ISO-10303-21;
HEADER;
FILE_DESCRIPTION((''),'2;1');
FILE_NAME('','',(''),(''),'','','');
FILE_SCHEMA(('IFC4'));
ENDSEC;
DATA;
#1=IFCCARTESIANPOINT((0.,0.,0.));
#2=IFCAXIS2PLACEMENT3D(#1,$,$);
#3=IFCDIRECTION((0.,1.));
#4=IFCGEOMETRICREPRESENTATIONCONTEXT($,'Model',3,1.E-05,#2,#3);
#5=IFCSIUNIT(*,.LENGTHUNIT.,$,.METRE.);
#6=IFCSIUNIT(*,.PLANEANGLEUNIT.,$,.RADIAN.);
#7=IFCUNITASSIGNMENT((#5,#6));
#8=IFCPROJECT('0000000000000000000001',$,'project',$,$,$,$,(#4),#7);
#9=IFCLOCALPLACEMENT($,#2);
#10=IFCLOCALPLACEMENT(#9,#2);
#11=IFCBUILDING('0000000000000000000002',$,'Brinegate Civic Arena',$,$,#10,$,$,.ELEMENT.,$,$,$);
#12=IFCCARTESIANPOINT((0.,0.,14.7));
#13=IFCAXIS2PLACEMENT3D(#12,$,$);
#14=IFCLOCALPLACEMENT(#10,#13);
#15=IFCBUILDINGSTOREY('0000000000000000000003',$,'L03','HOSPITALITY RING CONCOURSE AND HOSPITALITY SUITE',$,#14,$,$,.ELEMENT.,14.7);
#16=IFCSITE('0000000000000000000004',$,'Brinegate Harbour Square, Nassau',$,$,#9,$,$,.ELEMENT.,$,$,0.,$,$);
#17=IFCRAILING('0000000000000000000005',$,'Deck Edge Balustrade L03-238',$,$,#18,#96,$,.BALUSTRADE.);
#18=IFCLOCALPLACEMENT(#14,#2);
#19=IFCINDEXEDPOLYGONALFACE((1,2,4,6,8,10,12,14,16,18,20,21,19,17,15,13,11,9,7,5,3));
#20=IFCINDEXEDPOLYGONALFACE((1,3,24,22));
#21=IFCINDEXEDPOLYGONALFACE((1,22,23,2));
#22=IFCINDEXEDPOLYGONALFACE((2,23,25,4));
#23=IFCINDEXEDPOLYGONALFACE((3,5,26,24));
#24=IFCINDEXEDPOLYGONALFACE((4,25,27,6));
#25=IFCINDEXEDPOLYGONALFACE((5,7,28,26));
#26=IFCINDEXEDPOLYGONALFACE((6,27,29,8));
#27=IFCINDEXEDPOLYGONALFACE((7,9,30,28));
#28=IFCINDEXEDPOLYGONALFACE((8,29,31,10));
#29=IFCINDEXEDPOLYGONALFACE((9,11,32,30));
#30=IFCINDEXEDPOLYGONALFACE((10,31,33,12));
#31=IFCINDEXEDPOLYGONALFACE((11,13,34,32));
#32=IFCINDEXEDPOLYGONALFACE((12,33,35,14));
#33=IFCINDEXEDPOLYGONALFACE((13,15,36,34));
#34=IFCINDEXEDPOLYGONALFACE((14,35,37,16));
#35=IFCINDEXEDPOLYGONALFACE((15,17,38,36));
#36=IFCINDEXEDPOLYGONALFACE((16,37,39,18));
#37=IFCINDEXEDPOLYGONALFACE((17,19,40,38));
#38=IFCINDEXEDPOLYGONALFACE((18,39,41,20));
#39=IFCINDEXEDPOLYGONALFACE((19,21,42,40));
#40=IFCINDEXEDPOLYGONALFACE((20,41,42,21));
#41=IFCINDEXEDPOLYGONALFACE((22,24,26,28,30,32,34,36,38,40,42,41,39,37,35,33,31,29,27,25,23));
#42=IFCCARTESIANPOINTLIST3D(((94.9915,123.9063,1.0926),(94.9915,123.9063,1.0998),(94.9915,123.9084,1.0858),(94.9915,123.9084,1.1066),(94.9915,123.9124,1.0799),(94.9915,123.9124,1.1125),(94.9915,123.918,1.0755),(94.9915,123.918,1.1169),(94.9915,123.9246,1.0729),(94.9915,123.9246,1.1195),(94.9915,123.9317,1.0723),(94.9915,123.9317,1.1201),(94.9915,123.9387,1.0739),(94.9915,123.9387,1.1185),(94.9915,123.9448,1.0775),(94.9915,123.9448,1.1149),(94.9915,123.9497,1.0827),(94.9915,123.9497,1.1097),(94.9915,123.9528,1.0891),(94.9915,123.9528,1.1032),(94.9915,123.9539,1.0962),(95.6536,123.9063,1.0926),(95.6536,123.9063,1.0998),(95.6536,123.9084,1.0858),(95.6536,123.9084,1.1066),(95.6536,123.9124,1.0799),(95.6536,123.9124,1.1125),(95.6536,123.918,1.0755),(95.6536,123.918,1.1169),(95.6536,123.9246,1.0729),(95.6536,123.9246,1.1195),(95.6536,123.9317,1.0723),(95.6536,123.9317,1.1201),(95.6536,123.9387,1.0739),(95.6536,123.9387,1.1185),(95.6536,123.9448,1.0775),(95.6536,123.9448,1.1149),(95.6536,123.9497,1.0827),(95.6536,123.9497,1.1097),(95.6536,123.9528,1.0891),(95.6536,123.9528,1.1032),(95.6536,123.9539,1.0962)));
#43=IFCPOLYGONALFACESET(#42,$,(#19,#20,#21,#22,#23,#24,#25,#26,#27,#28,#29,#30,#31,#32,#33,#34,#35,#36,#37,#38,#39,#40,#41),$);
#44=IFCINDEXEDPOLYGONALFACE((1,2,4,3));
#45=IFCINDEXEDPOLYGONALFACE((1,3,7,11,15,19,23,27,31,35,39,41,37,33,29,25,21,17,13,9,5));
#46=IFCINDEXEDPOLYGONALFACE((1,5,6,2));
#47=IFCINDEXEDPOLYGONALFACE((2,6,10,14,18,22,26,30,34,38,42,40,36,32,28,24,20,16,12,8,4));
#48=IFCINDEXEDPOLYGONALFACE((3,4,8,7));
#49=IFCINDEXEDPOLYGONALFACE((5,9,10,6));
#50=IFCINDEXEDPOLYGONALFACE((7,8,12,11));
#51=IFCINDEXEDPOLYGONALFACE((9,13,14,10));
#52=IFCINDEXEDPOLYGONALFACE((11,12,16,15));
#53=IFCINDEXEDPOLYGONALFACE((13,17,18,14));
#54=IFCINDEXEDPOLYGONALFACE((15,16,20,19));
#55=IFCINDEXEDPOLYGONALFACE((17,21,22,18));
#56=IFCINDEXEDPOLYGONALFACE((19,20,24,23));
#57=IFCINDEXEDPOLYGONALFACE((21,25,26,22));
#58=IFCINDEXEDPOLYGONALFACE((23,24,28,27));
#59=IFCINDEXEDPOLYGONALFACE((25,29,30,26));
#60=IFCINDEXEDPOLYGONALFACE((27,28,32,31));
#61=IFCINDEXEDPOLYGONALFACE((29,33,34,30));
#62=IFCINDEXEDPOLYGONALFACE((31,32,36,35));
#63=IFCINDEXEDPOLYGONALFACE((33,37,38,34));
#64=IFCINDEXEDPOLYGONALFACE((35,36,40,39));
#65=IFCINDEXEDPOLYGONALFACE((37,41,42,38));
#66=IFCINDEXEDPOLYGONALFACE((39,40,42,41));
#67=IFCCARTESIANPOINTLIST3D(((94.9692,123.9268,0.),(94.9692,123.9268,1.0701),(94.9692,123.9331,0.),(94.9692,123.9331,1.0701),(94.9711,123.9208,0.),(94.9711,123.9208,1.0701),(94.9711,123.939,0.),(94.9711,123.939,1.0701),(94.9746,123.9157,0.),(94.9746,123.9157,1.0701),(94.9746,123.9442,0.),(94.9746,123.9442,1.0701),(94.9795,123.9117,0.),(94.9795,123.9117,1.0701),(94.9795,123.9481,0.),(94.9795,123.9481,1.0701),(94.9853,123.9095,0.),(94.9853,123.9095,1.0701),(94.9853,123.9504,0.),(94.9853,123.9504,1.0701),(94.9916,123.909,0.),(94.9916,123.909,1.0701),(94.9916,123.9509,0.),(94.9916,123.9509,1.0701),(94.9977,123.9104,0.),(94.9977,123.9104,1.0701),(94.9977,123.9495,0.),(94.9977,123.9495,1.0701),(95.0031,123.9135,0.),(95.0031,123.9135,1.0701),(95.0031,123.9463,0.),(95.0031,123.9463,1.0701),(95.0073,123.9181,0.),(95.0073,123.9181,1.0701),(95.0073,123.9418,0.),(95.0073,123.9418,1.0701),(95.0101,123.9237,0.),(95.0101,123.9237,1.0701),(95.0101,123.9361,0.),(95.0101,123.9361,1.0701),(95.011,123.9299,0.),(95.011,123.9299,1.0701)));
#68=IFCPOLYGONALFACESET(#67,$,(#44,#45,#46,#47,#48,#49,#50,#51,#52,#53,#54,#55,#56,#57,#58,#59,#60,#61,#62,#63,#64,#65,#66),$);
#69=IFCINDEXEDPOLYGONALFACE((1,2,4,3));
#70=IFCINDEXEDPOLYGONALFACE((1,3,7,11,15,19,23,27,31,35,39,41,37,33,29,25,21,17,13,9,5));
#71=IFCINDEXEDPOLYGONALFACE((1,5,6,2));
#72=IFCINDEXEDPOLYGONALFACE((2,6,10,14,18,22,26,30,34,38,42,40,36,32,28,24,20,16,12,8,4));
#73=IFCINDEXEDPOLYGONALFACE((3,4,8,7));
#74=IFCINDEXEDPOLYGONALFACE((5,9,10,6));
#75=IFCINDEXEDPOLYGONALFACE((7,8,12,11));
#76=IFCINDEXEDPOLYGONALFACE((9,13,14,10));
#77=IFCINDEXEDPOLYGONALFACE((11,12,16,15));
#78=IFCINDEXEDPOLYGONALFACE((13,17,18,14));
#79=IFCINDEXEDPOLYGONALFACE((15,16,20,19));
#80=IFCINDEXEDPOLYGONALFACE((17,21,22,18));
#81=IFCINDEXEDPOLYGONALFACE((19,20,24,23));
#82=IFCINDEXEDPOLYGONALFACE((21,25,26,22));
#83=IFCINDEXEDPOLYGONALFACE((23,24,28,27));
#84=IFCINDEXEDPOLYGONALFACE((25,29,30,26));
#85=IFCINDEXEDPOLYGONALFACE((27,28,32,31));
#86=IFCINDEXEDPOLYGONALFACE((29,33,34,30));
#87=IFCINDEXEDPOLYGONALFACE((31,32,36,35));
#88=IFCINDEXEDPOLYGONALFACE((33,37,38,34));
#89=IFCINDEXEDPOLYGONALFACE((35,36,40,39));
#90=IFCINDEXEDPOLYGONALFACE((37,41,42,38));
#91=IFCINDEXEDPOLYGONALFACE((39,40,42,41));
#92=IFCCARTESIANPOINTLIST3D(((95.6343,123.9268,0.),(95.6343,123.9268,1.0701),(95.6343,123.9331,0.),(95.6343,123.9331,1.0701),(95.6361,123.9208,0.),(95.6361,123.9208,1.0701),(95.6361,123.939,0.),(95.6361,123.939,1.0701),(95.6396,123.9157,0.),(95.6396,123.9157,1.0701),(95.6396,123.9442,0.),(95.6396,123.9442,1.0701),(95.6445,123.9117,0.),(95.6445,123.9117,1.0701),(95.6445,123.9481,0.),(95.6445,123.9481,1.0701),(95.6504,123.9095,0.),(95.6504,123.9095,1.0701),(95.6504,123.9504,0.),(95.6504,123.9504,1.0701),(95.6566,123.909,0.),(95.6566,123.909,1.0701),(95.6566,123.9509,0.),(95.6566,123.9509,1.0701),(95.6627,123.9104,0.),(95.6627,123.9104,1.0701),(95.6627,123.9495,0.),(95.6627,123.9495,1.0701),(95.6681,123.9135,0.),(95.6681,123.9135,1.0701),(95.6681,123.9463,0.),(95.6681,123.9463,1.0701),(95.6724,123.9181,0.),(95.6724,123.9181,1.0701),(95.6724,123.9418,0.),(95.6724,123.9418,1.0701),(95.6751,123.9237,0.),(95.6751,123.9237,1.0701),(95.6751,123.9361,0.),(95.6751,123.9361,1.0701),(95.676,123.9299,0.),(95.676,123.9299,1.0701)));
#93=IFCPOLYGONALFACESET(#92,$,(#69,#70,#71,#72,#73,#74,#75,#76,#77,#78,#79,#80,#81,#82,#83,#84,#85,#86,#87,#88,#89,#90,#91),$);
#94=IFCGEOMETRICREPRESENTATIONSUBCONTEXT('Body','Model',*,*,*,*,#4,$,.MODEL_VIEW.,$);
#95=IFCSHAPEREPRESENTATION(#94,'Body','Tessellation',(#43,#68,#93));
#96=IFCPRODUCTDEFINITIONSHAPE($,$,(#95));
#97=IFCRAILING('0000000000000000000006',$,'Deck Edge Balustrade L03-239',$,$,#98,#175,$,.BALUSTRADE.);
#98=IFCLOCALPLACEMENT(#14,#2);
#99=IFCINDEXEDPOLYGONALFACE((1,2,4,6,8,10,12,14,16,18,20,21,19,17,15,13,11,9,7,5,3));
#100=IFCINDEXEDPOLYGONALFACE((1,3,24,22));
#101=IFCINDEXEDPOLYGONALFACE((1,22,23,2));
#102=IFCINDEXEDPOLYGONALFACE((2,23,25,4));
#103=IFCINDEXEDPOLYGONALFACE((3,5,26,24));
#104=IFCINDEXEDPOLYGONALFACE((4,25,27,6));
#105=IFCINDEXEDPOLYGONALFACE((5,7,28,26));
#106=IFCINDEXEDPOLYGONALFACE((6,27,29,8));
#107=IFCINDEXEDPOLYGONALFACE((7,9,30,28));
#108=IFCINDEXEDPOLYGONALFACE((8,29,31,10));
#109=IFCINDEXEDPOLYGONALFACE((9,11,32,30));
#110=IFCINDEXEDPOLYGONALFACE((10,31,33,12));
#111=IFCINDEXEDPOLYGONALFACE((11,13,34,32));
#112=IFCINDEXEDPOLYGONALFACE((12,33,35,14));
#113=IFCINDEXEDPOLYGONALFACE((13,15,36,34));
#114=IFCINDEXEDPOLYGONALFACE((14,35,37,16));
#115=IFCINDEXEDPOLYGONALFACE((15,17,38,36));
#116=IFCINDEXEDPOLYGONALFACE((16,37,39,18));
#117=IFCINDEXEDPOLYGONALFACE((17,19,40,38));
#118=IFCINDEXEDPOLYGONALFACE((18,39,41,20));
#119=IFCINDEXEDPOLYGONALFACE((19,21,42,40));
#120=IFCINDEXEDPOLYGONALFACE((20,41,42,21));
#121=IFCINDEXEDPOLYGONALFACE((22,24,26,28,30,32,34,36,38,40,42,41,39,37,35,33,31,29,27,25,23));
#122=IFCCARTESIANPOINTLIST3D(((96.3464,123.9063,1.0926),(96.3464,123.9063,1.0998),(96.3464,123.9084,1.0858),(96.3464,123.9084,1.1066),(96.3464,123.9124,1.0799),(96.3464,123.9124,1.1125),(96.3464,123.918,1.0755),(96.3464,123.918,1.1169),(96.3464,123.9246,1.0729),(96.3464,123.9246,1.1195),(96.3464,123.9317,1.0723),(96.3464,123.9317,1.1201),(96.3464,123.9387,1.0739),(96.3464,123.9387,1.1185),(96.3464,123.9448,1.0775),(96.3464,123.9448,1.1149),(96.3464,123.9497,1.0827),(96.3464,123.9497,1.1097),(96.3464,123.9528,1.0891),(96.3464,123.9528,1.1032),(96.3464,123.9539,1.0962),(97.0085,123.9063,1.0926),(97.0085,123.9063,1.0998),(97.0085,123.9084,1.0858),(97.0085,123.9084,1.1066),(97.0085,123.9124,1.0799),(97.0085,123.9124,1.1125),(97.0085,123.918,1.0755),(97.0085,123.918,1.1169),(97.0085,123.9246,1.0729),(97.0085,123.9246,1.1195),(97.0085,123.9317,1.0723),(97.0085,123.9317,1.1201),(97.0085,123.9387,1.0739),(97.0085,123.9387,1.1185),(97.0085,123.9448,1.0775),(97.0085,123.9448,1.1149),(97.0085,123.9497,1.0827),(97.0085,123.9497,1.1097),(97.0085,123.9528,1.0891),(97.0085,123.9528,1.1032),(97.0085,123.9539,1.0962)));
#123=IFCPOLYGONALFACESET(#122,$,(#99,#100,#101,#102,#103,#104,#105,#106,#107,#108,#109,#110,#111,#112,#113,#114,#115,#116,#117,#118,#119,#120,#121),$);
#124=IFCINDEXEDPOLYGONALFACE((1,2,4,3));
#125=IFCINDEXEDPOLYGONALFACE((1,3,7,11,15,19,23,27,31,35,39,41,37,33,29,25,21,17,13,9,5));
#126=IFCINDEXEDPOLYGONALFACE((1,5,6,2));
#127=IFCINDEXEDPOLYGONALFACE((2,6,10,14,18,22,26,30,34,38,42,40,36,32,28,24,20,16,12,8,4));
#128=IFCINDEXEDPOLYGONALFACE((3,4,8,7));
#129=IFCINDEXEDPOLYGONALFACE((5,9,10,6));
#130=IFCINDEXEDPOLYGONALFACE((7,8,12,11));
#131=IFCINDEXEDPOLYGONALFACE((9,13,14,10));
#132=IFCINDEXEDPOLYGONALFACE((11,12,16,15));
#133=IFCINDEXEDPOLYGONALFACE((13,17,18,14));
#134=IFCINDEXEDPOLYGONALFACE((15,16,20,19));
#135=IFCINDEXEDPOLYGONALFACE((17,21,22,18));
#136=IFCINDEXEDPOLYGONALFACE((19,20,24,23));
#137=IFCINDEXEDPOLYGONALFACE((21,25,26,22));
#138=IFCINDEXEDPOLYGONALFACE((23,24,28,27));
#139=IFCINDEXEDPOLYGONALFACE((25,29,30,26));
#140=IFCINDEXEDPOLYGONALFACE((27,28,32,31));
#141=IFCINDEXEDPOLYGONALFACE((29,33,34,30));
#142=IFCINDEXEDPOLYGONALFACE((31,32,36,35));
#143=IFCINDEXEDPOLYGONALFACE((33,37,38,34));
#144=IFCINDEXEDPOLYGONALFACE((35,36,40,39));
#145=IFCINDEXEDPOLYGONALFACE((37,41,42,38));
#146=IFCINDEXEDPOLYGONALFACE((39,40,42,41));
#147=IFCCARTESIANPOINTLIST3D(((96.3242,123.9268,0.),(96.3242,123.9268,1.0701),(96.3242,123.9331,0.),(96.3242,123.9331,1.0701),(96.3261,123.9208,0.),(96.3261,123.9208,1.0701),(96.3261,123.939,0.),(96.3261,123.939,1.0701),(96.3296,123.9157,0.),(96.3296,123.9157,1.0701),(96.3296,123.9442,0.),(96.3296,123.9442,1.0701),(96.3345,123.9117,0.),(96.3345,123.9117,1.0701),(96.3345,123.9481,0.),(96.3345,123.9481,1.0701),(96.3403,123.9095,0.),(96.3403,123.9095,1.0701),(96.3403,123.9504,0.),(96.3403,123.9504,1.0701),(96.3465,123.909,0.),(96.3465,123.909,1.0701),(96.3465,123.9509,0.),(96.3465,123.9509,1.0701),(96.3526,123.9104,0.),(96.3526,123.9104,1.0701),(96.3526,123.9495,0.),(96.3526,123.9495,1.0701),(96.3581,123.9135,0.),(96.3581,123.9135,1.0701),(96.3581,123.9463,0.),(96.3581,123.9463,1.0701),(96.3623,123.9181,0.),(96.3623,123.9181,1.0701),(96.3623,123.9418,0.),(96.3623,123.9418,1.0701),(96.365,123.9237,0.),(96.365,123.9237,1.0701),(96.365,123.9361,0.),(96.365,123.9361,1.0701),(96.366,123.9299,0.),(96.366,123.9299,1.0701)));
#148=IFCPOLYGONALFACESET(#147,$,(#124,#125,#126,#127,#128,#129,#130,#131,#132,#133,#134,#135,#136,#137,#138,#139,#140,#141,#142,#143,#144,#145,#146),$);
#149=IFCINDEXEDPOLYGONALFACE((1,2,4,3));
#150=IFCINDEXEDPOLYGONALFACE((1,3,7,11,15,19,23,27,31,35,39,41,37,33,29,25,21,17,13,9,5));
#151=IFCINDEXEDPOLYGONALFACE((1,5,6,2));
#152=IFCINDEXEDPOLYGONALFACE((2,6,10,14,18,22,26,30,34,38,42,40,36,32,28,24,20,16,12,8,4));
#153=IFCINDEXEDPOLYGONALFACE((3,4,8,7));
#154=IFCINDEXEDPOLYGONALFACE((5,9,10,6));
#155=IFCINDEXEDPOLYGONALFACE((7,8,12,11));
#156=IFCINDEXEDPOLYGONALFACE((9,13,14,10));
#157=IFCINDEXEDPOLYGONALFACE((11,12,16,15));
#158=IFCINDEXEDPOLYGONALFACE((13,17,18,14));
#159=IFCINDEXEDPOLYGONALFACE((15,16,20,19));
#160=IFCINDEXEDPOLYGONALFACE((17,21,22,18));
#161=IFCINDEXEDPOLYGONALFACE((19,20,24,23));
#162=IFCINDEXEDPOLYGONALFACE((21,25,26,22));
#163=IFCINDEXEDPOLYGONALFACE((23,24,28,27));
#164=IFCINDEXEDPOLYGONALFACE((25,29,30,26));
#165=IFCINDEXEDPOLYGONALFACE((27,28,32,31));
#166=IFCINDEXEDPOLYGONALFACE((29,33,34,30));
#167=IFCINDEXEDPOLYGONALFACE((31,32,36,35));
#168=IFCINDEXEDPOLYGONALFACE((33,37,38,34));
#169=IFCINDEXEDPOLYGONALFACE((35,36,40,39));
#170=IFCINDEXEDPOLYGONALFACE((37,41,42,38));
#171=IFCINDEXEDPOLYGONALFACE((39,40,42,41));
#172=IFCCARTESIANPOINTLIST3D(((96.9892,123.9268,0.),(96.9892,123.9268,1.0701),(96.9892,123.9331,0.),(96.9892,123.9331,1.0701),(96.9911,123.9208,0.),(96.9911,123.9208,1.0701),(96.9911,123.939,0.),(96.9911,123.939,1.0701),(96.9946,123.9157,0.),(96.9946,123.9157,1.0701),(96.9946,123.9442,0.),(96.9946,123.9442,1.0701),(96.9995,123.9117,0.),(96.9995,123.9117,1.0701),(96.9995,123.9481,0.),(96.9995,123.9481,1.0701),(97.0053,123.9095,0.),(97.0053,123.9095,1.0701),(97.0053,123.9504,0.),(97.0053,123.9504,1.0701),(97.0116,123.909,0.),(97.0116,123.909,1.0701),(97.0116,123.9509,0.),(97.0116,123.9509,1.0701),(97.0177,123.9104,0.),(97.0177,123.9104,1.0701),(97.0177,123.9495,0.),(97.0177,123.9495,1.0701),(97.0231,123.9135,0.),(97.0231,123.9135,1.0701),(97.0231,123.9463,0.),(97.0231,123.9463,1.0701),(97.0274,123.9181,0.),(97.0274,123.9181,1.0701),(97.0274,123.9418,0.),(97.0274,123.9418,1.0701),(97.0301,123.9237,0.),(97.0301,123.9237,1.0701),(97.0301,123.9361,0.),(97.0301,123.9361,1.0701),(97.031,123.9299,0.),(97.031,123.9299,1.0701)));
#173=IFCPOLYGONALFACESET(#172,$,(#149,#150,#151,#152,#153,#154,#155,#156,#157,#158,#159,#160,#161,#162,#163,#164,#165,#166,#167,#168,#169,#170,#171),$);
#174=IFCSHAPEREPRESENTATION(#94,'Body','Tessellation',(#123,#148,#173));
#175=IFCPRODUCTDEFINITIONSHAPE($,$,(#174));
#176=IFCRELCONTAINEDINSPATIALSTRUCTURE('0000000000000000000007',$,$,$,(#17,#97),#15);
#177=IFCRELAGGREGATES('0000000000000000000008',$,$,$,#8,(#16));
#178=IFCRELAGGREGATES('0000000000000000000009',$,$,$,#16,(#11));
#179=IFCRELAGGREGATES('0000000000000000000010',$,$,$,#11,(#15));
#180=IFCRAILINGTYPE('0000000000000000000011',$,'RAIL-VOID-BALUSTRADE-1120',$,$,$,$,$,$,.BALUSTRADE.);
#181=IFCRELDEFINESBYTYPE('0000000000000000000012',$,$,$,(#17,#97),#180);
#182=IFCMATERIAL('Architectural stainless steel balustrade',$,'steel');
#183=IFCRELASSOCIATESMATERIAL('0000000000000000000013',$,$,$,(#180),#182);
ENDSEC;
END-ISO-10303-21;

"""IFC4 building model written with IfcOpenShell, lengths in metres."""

from ifc_helpers import new_model, si_unit, direction, frame, origin, origin_2d, place, context, subcontext, project, spatial, circle, extrude, material, type_object, element, save


model = new_model("IFC4")

# Units and contexts
model_context = context("Model", 3, precision=1e-05, world=origin(), true_north=direction((0.0, 1.0)))
body_context = subcontext(model_context, "Body", "Model", "MODEL_VIEW")
ifc_project = project(units=[si_unit("LENGTHUNIT", "METRE"), si_unit("PLANEANGLEUNIT", "RADIAN")], contexts=[model_context])

# Site, building, storey
site_placement = place(None, origin())
site = spatial("IfcSite", under=ifc_project, at=site_placement, Name="Brinegate Harbour Square, Nassau", CompositionType="ELEMENT", RefElevation=0.0)
building_placement = place(site_placement, origin())
building = spatial("IfcBuilding", under=site, at=building_placement, Name="Brinegate Civic Arena", CompositionType="ELEMENT")
storey_placement = place(building_placement, frame((0.0, 0.0, 14.7)))
storey = spatial("IfcBuildingStorey", under=building, at=storey_placement, Name="L03", Description="HOSPITALITY RING CONCOURSE AND HOSPITALITY SUITE", CompositionType="ELEMENT", Elevation=14.7)

# Shared definitions
ifc_material_1 = material(Name="Architectural stainless steel balustrade", Category="steel")

# Railings
railing_type = type_object("IfcRailingType", Name="RAIL-VOID-BALUSTRADE-1120", PredefinedType="BALUSTRADE", material=ifc_material_1)
for number, where, name in (
    (1, (94.99, 123.9299, 0.0), "Deck Edge Balustrade L03-238"),
    (2, (96.345, 123.9299, 0.0), "Deck Edge Balustrade L03-239"),
):
    element("IfcRailing", number, at=place(storey_placement, frame(where)), inside=storey, type_object=railing_type, Name=name, PredefinedType="BALUSTRADE", context=body_context, shape_type="SweptSolid", body=[
        extrude(circle(Radius=0.0239, at=origin_2d()), frame((0.0015, 0.0, 1.0962), z_axis=(1.0, 0.0, 0.0), x_axis=(0.0, 1.0, 0.0)), (0.0, 0.0, 1.0), 0.6621),
        extrude(circle(Radius=0.021, at=origin_2d()), origin(), (0.0, 0.0, 1.0), 1.0701),
        extrude(circle(Radius=0.021, at=origin_2d()), frame((0.665, 0.0, 0.0)), (0.0, 0.0, 1.0), 1.0701),
    ])

save(model, "model.ifc")
